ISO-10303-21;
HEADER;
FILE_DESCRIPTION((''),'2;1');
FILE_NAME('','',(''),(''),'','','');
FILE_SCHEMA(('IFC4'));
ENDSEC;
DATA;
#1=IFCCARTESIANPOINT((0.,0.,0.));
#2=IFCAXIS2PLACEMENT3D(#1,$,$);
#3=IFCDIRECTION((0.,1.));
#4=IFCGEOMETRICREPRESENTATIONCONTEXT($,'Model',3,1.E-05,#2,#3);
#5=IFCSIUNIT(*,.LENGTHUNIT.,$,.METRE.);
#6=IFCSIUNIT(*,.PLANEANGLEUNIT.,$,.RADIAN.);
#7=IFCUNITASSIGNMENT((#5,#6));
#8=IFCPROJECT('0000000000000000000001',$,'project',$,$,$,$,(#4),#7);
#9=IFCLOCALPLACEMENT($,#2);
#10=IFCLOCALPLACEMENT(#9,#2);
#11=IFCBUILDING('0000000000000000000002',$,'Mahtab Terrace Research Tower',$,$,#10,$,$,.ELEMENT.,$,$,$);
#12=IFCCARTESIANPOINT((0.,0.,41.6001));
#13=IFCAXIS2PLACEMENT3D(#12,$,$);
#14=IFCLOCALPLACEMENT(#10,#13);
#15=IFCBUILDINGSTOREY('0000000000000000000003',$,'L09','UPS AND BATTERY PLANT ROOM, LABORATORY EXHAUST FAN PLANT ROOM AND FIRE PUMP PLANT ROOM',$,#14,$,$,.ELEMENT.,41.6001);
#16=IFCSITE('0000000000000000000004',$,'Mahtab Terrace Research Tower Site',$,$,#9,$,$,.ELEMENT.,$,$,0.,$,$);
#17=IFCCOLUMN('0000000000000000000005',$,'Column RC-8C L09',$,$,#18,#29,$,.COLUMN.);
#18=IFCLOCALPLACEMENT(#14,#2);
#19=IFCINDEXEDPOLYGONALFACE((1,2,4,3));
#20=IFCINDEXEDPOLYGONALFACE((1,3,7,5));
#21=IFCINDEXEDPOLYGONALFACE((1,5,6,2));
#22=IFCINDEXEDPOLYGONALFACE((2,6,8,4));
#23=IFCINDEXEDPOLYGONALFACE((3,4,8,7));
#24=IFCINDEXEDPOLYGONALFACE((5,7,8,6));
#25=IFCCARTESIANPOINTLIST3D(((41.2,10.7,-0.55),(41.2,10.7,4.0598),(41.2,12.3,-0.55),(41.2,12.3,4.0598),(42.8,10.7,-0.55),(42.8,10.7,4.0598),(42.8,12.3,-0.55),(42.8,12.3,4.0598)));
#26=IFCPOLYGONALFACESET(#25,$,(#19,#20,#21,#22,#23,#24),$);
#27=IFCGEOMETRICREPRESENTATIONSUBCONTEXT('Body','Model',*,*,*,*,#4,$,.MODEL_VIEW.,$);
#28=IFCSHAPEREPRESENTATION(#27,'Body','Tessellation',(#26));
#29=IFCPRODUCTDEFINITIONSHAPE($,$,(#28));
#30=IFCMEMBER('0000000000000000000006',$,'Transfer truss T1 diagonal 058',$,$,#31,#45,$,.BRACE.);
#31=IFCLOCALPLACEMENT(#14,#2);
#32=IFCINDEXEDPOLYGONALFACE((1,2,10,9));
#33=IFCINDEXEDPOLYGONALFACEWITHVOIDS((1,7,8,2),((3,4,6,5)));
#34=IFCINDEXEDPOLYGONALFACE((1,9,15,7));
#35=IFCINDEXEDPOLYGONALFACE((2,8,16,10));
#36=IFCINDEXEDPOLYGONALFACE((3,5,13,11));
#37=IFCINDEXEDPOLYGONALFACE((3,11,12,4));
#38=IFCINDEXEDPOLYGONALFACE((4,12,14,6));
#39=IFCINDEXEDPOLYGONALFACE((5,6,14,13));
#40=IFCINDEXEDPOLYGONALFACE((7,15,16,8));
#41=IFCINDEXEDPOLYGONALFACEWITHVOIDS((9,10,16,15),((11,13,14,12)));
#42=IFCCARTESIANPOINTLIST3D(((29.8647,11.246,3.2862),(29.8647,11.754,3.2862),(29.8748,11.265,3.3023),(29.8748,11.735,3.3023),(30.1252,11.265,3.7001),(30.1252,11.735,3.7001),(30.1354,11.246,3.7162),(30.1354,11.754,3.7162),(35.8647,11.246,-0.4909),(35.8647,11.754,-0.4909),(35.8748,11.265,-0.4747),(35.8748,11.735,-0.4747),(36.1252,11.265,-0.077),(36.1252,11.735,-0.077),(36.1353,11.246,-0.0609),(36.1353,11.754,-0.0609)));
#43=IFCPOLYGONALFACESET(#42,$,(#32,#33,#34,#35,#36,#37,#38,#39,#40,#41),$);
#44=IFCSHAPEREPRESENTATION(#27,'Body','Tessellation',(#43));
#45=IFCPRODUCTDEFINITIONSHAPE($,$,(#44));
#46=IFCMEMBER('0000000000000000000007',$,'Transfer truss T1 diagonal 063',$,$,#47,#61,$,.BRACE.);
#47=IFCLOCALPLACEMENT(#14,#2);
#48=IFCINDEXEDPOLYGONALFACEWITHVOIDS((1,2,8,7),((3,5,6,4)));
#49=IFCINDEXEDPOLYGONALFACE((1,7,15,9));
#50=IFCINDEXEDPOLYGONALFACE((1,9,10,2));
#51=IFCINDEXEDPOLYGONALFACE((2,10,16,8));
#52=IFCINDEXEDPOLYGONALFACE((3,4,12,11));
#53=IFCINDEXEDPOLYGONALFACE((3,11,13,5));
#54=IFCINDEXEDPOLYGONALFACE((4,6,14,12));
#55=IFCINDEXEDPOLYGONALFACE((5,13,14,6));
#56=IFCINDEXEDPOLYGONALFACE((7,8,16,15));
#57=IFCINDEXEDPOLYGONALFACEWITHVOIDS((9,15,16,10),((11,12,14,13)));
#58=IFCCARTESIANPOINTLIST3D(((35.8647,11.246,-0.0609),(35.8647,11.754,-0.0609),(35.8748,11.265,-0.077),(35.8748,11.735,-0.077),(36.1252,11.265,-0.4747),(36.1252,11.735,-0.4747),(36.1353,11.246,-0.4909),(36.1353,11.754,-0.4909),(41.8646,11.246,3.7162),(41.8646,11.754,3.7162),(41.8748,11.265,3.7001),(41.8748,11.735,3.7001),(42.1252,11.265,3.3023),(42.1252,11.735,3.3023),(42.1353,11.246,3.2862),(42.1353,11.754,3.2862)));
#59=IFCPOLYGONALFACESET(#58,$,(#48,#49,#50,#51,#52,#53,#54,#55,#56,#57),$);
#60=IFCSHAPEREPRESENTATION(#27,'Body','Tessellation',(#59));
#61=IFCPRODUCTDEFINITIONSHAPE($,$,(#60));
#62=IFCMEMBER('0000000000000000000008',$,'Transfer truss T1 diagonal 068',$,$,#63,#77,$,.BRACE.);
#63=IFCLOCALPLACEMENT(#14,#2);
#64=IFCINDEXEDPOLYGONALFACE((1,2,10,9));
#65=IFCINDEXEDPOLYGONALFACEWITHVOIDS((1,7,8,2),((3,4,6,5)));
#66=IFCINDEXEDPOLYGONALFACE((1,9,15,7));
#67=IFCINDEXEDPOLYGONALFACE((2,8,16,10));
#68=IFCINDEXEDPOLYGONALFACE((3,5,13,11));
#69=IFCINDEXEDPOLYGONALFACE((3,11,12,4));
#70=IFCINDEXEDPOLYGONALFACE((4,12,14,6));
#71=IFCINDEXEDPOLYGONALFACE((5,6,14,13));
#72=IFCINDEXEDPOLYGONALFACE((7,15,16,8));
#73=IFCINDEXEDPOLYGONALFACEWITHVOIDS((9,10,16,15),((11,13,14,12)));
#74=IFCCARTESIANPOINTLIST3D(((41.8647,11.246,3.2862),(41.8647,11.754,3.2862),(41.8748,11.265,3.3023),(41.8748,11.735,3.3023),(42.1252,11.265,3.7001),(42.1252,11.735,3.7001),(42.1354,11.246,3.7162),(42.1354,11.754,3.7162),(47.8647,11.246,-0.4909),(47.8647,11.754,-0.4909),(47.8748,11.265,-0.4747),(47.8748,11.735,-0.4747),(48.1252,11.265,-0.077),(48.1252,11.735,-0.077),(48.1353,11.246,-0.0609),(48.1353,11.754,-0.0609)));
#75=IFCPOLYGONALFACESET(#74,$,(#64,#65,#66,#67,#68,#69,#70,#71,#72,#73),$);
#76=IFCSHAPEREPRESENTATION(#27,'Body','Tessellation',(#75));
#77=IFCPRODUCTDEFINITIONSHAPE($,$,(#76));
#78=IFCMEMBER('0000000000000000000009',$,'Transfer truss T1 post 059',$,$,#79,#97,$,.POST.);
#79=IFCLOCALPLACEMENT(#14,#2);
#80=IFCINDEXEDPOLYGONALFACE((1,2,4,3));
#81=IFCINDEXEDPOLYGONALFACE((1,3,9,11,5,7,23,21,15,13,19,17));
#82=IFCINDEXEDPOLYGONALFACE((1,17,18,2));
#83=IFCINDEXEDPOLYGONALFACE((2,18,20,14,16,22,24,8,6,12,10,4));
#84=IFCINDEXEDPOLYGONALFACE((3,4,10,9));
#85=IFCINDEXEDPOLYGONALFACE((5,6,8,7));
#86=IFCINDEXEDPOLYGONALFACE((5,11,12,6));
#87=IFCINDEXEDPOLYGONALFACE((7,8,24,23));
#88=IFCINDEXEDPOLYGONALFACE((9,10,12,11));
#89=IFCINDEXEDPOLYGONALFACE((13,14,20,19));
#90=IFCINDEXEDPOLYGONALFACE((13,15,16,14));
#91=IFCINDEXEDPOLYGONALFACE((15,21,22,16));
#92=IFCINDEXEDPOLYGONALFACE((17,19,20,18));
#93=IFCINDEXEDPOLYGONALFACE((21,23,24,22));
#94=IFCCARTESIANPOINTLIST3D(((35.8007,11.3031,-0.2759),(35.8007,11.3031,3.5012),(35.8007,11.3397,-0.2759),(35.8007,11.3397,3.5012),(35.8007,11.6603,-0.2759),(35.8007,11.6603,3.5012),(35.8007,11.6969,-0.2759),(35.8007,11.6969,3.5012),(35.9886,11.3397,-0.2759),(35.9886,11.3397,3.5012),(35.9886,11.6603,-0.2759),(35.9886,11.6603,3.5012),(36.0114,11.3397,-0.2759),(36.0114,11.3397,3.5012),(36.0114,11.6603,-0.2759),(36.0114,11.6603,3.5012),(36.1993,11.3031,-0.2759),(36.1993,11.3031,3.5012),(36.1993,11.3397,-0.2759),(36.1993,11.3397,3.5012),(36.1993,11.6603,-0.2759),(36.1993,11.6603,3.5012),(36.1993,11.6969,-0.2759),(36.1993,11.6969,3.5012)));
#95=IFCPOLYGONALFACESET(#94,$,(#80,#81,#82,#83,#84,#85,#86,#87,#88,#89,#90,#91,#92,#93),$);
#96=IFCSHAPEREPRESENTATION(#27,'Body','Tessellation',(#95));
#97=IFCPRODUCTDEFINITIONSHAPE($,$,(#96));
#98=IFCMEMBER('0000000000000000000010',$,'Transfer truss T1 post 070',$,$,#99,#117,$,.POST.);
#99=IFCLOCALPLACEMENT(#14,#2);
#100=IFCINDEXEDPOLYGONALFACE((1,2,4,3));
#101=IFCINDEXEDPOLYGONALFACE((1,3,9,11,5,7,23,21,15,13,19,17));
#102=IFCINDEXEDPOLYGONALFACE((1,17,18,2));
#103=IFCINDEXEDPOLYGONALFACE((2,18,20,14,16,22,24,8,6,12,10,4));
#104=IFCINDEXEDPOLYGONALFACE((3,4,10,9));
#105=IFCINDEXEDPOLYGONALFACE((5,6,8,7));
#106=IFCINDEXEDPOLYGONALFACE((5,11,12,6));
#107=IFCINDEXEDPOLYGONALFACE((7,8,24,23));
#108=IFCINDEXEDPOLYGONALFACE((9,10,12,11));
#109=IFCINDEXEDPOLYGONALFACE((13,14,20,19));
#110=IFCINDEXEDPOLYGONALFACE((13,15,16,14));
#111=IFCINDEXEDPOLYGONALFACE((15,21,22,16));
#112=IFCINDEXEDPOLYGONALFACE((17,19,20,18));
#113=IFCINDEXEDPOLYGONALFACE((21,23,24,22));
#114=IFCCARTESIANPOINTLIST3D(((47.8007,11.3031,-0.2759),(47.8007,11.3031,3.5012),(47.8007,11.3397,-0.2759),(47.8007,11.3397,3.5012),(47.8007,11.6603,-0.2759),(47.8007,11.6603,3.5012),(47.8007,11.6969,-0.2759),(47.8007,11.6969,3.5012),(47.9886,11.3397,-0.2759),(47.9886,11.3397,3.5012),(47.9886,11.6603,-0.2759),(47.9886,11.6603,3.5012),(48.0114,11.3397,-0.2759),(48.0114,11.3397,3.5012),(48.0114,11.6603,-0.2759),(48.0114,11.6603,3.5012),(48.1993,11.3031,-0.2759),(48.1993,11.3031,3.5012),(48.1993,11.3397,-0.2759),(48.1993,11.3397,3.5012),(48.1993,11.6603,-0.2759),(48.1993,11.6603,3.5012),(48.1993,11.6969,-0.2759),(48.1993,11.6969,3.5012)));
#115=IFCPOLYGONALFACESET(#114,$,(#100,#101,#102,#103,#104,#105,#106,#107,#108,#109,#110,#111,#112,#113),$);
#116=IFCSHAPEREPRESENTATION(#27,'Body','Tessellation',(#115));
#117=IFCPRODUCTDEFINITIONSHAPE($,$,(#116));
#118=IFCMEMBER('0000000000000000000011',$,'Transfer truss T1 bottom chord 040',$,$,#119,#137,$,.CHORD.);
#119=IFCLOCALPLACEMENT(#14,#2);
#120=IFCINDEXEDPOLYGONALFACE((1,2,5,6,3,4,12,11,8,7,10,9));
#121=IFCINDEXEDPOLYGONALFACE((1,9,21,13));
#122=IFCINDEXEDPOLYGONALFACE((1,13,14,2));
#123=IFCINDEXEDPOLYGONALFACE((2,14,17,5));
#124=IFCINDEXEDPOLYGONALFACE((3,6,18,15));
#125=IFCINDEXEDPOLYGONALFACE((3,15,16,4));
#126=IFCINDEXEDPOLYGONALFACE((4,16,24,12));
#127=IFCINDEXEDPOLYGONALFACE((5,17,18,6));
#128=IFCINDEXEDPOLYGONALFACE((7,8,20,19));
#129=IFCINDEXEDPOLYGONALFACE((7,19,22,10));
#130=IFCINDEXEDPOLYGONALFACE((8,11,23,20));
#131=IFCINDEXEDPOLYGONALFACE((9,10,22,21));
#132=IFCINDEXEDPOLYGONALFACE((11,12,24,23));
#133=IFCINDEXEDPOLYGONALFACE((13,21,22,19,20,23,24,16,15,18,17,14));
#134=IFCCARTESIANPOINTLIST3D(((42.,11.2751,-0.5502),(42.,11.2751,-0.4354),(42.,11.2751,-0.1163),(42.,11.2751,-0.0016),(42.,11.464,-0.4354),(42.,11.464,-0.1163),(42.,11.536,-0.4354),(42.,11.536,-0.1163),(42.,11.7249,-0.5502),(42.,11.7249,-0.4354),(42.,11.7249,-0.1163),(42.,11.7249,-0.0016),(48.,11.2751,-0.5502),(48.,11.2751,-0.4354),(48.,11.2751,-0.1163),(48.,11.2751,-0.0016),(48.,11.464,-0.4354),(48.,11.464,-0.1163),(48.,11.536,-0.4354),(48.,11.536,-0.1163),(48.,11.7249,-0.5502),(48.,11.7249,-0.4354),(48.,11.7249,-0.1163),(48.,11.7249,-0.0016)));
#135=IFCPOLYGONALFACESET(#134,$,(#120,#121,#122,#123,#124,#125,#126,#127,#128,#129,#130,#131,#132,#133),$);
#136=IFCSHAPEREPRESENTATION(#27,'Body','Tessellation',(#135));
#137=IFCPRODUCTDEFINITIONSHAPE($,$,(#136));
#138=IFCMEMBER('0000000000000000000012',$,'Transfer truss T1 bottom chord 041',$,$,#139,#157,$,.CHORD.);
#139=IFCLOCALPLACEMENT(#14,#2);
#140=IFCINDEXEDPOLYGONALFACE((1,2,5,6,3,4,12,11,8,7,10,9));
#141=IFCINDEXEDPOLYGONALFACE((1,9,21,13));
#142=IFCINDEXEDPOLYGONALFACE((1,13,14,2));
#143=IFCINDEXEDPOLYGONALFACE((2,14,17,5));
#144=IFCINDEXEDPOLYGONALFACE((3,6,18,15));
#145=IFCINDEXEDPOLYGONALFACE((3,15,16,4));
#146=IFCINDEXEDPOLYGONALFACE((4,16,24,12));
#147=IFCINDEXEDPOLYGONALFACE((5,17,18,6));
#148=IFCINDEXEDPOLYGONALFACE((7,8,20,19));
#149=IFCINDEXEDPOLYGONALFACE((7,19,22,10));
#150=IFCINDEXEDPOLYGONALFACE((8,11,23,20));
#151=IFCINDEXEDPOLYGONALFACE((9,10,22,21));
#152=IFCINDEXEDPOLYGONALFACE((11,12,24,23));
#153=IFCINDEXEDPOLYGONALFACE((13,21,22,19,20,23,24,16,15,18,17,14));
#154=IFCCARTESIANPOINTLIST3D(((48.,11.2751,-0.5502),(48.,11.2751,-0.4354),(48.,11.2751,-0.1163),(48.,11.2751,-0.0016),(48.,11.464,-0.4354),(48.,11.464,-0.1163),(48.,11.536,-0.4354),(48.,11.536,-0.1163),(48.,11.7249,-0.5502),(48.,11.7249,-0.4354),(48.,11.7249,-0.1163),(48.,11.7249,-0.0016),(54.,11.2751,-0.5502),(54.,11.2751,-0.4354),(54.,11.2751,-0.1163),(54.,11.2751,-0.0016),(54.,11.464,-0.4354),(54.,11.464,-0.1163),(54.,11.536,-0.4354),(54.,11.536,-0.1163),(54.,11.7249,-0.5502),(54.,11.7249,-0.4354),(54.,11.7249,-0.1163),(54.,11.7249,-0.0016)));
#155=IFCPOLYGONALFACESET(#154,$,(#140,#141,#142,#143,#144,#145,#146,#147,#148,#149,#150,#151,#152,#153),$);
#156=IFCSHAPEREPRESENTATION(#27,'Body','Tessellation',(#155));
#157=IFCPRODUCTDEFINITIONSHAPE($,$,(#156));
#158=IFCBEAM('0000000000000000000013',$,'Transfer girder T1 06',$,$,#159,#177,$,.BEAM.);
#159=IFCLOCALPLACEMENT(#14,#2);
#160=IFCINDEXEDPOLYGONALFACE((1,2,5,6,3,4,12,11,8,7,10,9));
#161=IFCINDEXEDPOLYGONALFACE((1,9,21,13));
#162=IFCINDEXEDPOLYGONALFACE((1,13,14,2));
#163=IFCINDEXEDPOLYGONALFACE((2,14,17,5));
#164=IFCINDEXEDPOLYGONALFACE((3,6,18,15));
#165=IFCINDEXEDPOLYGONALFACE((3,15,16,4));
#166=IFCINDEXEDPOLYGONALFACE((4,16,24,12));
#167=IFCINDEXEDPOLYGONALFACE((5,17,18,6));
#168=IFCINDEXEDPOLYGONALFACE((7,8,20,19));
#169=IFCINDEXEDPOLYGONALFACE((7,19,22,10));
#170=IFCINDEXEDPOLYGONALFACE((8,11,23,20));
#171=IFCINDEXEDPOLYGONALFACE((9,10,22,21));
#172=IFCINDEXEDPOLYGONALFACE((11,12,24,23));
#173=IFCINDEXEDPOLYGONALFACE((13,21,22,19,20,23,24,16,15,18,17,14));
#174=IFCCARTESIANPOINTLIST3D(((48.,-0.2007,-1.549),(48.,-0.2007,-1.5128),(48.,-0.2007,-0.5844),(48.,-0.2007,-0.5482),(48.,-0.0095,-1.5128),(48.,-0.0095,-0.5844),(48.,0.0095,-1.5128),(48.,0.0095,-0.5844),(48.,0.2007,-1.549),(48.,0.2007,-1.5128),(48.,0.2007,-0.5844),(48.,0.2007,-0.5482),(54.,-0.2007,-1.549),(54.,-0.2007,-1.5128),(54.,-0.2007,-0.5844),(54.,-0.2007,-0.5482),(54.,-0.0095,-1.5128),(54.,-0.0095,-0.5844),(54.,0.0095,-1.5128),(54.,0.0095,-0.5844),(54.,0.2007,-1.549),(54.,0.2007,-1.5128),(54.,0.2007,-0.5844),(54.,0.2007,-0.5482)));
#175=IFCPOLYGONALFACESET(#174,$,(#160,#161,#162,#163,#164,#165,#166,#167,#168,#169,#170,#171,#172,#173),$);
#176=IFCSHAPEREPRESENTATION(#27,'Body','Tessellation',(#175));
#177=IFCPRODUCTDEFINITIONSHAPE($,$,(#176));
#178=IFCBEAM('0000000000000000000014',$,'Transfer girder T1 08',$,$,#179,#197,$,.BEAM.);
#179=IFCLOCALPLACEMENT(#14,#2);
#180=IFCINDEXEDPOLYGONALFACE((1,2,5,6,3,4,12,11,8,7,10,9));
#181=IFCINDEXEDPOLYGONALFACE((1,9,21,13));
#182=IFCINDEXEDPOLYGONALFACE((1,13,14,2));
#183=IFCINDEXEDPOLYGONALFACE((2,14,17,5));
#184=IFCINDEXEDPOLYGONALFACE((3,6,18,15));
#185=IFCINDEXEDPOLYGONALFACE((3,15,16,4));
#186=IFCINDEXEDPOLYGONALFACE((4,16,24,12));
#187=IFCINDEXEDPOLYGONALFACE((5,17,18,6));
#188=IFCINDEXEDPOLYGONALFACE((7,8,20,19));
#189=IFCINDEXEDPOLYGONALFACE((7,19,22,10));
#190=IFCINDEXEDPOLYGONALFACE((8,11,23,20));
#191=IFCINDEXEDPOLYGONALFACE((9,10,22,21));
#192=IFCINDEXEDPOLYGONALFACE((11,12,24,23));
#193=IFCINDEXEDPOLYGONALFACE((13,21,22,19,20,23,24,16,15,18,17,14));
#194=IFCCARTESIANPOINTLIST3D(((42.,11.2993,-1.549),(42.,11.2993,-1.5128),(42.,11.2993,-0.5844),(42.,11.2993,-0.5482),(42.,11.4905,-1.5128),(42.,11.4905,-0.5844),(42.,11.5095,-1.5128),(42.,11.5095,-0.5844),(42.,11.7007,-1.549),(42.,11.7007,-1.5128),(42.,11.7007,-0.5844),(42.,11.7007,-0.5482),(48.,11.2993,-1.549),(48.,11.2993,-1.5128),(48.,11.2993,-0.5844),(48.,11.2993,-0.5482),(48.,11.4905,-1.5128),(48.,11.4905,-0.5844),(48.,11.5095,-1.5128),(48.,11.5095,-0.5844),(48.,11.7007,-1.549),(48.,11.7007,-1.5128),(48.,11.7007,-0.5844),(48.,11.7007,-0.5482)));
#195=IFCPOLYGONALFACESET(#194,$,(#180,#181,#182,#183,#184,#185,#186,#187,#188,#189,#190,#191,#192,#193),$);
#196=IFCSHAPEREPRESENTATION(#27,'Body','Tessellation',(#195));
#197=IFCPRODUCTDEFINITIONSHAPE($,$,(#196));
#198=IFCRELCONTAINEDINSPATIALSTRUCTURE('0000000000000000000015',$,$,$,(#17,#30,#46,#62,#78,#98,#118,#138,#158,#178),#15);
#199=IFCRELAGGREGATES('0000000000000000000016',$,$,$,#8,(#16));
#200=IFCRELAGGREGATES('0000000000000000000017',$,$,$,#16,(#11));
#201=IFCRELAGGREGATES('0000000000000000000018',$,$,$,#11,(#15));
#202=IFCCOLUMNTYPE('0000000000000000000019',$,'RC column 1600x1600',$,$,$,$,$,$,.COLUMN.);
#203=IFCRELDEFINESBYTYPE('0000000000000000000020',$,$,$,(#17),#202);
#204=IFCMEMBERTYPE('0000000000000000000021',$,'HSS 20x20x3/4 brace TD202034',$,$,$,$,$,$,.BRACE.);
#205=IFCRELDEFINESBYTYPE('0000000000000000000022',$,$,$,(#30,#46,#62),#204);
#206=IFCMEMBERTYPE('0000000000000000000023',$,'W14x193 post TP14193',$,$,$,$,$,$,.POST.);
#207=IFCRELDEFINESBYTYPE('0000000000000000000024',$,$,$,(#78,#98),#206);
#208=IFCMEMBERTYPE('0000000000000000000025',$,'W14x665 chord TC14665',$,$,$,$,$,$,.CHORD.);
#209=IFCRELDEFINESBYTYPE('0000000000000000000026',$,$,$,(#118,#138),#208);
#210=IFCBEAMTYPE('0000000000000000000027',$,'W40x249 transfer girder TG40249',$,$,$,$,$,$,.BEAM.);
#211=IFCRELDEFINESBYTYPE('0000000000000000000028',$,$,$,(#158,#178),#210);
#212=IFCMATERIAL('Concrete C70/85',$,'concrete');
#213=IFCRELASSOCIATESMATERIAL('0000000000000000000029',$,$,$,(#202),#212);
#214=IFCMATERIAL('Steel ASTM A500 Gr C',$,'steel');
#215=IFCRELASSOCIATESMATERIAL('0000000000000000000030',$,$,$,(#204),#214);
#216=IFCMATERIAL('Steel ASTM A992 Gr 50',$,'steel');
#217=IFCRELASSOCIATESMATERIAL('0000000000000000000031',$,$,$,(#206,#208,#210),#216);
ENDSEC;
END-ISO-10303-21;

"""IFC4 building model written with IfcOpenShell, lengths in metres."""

from ifc_helpers import new_model, si_unit, direction, frame, origin, origin_2d, place, context, subcontext, project, spatial, rectangle, hollow_rectangle, i_section, extrude, material, material_profile, profile_set, type_object, element, save


model = new_model("IFC4")

# Units and contexts
model_context = context("Model", 3, precision=1e-05, world=origin(), true_north=direction((0.0, 1.0)))
body_context = subcontext(model_context, "Body", "Model", "MODEL_VIEW")
ifc_project = project(units=[si_unit("LENGTHUNIT", "METRE"), si_unit("PLANEANGLEUNIT", "RADIAN")], contexts=[model_context])

# Site, building, storey
site_placement = place(None, origin())
site = spatial("IfcSite", under=ifc_project, at=site_placement, Name="Mahtab Terrace Research Tower Site", CompositionType="ELEMENT", RefElevation=0.0)
building_placement = place(site_placement, origin())
building = spatial("IfcBuilding", under=site, at=building_placement, Name="Mahtab Terrace Research Tower", CompositionType="ELEMENT")
storey_placement = place(building_placement, frame((0.0, 0.0, 41.6001)))
storey = spatial("IfcBuildingStorey", under=building, at=storey_placement, Name="L09", Description="UPS AND BATTERY PLANT ROOM, LABORATORY EXHAUST FAN PLANT ROOM AND FIRE PUMP PLANT ROOM", CompositionType="ELEMENT", Elevation=41.6001)

# Column
ifc_material_1 = material(Name="Concrete C70/85", Category="concrete")
ifc_material_profile_1 = material_profile(ifc_material_1, rectangle(XDim=1.6001, YDim=1.6001, at=origin_2d()), Name="RC column 1600x1600")
ifc_profile_set_1 = profile_set([ifc_material_profile_1], Name="Concrete C70/85")
column_type = type_object("IfcColumnType", Name="RC column 1600x1600", PredefinedType="COLUMN", material=ifc_profile_set_1)
column_placement = place(storey_placement, frame((42.0, 11.5, -0.55), z_axis=(0.0, 0.0, 1.0), x_axis=(1.0, 0.0, 0.0)))
element("IfcColumn", 1, at=column_placement, inside=storey, type_object=column_type, Name="Column RC-8C L09", PredefinedType="COLUMN", context=body_context, shape_type="SweptSolid", body=[
    extrude(rectangle(XDim=1.6001, YDim=1.6001, at=origin_2d()), origin(), (0.0, 0.0, 1.0), 4.6099),
])

# Members
ifc_material_2 = material(Name="Steel ASTM A500 Gr C", Category="steel")
ifc_material_profile_2 = material_profile(ifc_material_2, hollow_rectangle(XDim=0.5081, YDim=0.5081, WallThickness=0.019, at=origin_2d()), Name="HSS20X20X3/4")
ifc_profile_set_2 = profile_set([ifc_material_profile_2], Name="Steel ASTM A500 Gr C")
member_type_1 = type_object("IfcMemberType", Name="HSS 20x20x3/4 brace TD202034", PredefinedType="BRACE", material=ifc_profile_set_2)
for number, where, z_axis, x_axis, name in (
    (2, (36.0, 11.5, -0.2759), (-0.846276, 0.0, 0.532745), (0.0, -1.0, 0.0), "Transfer truss T1 diagonal 058"),
    (3, (36.0, 11.5, -0.2759), (0.846276, 0.0, 0.532745), (0.0, 1.0, 0.0), "Transfer truss T1 diagonal 063"),
    (4, (48.0, 11.5, -0.2759), (-0.846276, 0.0, 0.532745), (0.0, -1.0, 0.0), "Transfer truss T1 diagonal 068"),
):
    element("IfcMember", number, at=place(storey_placement, frame(where, z_axis=z_axis, x_axis=x_axis)), inside=storey, type_object=member_type_1, Name=name, PredefinedType="BRACE", context=body_context, shape_type="SweptSolid", body=[
        extrude(hollow_rectangle(XDim=0.5081, YDim=0.5081, WallThickness=0.019, at=origin_2d()), origin(), (0.0, 0.0, 1.0), 7.0898),
    ])
ifc_material_3 = material(Name="Steel ASTM A992 Gr 50", Category="steel")
ifc_material_profile_3 = material_profile(ifc_material_3, i_section(OverallWidth=0.3987, OverallDepth=0.3938, WebThickness=0.0227, FlangeThickness=0.0366, at=origin_2d()), Name="W14X193")
ifc_profile_set_3 = profile_set([ifc_material_profile_3], Name="Steel ASTM A992 Gr 50")
member_type_2 = type_object("IfcMemberType", Name="W14x193 post TP14193", PredefinedType="POST", material=ifc_profile_set_3)
for number, where, z_axis, x_axis, name in (
    (5, (36.0, 11.5, -0.2759), (0.0, 0.0, 1.0), (1.0, 0.0, 0.0), "Transfer truss T1 post 059"),
    (6, (48.0, 11.5, -0.2759), (0.0, 0.0, 1.0), (1.0, 0.0, 0.0), "Transfer truss T1 post 070"),
):
    element("IfcMember", number, at=place(storey_placement, frame(where, z_axis=z_axis, x_axis=x_axis)), inside=storey, type_object=member_type_2, Name=name, PredefinedType="POST", context=body_context, shape_type="SweptSolid", body=[
        extrude(i_section(OverallWidth=0.3987, OverallDepth=0.3938, WebThickness=0.0227, FlangeThickness=0.0366, at=origin_2d()), origin(), (0.0, 0.0, 1.0), 3.7771),
    ])
ifc_material_profile_4 = material_profile(ifc_material_3, i_section(OverallWidth=0.4497, OverallDepth=0.5486, WebThickness=0.072, FlangeThickness=0.1147, at=origin_2d()), Name="W14X665")
ifc_profile_set_4 = profile_set([ifc_material_profile_4], Name="Steel ASTM A992 Gr 50")
member_type_3 = type_object("IfcMemberType", Name="W14x665 chord TC14665", PredefinedType="CHORD", material=ifc_profile_set_4)
for number, where, z_axis, x_axis, name in (
    (7, (42.0, 11.5, -0.2759), (1.0, 0.0, 0.0), (0.0, 1.0, 0.0), "Transfer truss T1 bottom chord 040"),
    (8, (48.0, 11.5, -0.2759), (1.0, 0.0, 0.0), (0.0, 1.0, 0.0), "Transfer truss T1 bottom chord 041"),
):
    element("IfcMember", number, at=place(storey_placement, frame(where, z_axis=z_axis, x_axis=x_axis)), inside=storey, type_object=member_type_3, Name=name, PredefinedType="CHORD", context=body_context, shape_type="SweptSolid", body=[
        extrude(i_section(OverallWidth=0.4497, OverallDepth=0.5486, WebThickness=0.072, FlangeThickness=0.1147, at=origin_2d()), origin(), (0.0, 0.0, 1.0), 6.0),
    ])

# Beams
ifc_material_profile_5 = material_profile(ifc_material_3, i_section(OverallWidth=0.4014, OverallDepth=1.0007, WebThickness=0.019, FlangeThickness=0.0361, at=origin_2d()), Name="W40X249")
ifc_profile_set_5 = profile_set([ifc_material_profile_5], Name="Steel ASTM A992 Gr 50")
beam_type = type_object("IfcBeamType", Name="W40x249 transfer girder TG40249", PredefinedType="BEAM", material=ifc_profile_set_5)
for number, where, z_axis, x_axis, name in (
    (9, (48.0, 0.0, -1.0486), (1.0, 0.0, 0.0), (0.0, 1.0, 0.0), "Transfer girder T1 06"),
    (10, (42.0, 11.5, -1.0486), (1.0, 0.0, 0.0), (0.0, 1.0, 0.0), "Transfer girder T1 08"),
):
    element("IfcBeam", number, at=place(storey_placement, frame(where, z_axis=z_axis, x_axis=x_axis)), inside=storey, type_object=beam_type, Name=name, PredefinedType="BEAM", context=body_context, shape_type="SweptSolid", body=[
        extrude(i_section(OverallWidth=0.4014, OverallDepth=1.0007, WebThickness=0.019, FlangeThickness=0.0361, at=origin_2d()), origin(), (0.0, 0.0, 1.0), 6.0),
    ])

save(model, "model.ifc")
